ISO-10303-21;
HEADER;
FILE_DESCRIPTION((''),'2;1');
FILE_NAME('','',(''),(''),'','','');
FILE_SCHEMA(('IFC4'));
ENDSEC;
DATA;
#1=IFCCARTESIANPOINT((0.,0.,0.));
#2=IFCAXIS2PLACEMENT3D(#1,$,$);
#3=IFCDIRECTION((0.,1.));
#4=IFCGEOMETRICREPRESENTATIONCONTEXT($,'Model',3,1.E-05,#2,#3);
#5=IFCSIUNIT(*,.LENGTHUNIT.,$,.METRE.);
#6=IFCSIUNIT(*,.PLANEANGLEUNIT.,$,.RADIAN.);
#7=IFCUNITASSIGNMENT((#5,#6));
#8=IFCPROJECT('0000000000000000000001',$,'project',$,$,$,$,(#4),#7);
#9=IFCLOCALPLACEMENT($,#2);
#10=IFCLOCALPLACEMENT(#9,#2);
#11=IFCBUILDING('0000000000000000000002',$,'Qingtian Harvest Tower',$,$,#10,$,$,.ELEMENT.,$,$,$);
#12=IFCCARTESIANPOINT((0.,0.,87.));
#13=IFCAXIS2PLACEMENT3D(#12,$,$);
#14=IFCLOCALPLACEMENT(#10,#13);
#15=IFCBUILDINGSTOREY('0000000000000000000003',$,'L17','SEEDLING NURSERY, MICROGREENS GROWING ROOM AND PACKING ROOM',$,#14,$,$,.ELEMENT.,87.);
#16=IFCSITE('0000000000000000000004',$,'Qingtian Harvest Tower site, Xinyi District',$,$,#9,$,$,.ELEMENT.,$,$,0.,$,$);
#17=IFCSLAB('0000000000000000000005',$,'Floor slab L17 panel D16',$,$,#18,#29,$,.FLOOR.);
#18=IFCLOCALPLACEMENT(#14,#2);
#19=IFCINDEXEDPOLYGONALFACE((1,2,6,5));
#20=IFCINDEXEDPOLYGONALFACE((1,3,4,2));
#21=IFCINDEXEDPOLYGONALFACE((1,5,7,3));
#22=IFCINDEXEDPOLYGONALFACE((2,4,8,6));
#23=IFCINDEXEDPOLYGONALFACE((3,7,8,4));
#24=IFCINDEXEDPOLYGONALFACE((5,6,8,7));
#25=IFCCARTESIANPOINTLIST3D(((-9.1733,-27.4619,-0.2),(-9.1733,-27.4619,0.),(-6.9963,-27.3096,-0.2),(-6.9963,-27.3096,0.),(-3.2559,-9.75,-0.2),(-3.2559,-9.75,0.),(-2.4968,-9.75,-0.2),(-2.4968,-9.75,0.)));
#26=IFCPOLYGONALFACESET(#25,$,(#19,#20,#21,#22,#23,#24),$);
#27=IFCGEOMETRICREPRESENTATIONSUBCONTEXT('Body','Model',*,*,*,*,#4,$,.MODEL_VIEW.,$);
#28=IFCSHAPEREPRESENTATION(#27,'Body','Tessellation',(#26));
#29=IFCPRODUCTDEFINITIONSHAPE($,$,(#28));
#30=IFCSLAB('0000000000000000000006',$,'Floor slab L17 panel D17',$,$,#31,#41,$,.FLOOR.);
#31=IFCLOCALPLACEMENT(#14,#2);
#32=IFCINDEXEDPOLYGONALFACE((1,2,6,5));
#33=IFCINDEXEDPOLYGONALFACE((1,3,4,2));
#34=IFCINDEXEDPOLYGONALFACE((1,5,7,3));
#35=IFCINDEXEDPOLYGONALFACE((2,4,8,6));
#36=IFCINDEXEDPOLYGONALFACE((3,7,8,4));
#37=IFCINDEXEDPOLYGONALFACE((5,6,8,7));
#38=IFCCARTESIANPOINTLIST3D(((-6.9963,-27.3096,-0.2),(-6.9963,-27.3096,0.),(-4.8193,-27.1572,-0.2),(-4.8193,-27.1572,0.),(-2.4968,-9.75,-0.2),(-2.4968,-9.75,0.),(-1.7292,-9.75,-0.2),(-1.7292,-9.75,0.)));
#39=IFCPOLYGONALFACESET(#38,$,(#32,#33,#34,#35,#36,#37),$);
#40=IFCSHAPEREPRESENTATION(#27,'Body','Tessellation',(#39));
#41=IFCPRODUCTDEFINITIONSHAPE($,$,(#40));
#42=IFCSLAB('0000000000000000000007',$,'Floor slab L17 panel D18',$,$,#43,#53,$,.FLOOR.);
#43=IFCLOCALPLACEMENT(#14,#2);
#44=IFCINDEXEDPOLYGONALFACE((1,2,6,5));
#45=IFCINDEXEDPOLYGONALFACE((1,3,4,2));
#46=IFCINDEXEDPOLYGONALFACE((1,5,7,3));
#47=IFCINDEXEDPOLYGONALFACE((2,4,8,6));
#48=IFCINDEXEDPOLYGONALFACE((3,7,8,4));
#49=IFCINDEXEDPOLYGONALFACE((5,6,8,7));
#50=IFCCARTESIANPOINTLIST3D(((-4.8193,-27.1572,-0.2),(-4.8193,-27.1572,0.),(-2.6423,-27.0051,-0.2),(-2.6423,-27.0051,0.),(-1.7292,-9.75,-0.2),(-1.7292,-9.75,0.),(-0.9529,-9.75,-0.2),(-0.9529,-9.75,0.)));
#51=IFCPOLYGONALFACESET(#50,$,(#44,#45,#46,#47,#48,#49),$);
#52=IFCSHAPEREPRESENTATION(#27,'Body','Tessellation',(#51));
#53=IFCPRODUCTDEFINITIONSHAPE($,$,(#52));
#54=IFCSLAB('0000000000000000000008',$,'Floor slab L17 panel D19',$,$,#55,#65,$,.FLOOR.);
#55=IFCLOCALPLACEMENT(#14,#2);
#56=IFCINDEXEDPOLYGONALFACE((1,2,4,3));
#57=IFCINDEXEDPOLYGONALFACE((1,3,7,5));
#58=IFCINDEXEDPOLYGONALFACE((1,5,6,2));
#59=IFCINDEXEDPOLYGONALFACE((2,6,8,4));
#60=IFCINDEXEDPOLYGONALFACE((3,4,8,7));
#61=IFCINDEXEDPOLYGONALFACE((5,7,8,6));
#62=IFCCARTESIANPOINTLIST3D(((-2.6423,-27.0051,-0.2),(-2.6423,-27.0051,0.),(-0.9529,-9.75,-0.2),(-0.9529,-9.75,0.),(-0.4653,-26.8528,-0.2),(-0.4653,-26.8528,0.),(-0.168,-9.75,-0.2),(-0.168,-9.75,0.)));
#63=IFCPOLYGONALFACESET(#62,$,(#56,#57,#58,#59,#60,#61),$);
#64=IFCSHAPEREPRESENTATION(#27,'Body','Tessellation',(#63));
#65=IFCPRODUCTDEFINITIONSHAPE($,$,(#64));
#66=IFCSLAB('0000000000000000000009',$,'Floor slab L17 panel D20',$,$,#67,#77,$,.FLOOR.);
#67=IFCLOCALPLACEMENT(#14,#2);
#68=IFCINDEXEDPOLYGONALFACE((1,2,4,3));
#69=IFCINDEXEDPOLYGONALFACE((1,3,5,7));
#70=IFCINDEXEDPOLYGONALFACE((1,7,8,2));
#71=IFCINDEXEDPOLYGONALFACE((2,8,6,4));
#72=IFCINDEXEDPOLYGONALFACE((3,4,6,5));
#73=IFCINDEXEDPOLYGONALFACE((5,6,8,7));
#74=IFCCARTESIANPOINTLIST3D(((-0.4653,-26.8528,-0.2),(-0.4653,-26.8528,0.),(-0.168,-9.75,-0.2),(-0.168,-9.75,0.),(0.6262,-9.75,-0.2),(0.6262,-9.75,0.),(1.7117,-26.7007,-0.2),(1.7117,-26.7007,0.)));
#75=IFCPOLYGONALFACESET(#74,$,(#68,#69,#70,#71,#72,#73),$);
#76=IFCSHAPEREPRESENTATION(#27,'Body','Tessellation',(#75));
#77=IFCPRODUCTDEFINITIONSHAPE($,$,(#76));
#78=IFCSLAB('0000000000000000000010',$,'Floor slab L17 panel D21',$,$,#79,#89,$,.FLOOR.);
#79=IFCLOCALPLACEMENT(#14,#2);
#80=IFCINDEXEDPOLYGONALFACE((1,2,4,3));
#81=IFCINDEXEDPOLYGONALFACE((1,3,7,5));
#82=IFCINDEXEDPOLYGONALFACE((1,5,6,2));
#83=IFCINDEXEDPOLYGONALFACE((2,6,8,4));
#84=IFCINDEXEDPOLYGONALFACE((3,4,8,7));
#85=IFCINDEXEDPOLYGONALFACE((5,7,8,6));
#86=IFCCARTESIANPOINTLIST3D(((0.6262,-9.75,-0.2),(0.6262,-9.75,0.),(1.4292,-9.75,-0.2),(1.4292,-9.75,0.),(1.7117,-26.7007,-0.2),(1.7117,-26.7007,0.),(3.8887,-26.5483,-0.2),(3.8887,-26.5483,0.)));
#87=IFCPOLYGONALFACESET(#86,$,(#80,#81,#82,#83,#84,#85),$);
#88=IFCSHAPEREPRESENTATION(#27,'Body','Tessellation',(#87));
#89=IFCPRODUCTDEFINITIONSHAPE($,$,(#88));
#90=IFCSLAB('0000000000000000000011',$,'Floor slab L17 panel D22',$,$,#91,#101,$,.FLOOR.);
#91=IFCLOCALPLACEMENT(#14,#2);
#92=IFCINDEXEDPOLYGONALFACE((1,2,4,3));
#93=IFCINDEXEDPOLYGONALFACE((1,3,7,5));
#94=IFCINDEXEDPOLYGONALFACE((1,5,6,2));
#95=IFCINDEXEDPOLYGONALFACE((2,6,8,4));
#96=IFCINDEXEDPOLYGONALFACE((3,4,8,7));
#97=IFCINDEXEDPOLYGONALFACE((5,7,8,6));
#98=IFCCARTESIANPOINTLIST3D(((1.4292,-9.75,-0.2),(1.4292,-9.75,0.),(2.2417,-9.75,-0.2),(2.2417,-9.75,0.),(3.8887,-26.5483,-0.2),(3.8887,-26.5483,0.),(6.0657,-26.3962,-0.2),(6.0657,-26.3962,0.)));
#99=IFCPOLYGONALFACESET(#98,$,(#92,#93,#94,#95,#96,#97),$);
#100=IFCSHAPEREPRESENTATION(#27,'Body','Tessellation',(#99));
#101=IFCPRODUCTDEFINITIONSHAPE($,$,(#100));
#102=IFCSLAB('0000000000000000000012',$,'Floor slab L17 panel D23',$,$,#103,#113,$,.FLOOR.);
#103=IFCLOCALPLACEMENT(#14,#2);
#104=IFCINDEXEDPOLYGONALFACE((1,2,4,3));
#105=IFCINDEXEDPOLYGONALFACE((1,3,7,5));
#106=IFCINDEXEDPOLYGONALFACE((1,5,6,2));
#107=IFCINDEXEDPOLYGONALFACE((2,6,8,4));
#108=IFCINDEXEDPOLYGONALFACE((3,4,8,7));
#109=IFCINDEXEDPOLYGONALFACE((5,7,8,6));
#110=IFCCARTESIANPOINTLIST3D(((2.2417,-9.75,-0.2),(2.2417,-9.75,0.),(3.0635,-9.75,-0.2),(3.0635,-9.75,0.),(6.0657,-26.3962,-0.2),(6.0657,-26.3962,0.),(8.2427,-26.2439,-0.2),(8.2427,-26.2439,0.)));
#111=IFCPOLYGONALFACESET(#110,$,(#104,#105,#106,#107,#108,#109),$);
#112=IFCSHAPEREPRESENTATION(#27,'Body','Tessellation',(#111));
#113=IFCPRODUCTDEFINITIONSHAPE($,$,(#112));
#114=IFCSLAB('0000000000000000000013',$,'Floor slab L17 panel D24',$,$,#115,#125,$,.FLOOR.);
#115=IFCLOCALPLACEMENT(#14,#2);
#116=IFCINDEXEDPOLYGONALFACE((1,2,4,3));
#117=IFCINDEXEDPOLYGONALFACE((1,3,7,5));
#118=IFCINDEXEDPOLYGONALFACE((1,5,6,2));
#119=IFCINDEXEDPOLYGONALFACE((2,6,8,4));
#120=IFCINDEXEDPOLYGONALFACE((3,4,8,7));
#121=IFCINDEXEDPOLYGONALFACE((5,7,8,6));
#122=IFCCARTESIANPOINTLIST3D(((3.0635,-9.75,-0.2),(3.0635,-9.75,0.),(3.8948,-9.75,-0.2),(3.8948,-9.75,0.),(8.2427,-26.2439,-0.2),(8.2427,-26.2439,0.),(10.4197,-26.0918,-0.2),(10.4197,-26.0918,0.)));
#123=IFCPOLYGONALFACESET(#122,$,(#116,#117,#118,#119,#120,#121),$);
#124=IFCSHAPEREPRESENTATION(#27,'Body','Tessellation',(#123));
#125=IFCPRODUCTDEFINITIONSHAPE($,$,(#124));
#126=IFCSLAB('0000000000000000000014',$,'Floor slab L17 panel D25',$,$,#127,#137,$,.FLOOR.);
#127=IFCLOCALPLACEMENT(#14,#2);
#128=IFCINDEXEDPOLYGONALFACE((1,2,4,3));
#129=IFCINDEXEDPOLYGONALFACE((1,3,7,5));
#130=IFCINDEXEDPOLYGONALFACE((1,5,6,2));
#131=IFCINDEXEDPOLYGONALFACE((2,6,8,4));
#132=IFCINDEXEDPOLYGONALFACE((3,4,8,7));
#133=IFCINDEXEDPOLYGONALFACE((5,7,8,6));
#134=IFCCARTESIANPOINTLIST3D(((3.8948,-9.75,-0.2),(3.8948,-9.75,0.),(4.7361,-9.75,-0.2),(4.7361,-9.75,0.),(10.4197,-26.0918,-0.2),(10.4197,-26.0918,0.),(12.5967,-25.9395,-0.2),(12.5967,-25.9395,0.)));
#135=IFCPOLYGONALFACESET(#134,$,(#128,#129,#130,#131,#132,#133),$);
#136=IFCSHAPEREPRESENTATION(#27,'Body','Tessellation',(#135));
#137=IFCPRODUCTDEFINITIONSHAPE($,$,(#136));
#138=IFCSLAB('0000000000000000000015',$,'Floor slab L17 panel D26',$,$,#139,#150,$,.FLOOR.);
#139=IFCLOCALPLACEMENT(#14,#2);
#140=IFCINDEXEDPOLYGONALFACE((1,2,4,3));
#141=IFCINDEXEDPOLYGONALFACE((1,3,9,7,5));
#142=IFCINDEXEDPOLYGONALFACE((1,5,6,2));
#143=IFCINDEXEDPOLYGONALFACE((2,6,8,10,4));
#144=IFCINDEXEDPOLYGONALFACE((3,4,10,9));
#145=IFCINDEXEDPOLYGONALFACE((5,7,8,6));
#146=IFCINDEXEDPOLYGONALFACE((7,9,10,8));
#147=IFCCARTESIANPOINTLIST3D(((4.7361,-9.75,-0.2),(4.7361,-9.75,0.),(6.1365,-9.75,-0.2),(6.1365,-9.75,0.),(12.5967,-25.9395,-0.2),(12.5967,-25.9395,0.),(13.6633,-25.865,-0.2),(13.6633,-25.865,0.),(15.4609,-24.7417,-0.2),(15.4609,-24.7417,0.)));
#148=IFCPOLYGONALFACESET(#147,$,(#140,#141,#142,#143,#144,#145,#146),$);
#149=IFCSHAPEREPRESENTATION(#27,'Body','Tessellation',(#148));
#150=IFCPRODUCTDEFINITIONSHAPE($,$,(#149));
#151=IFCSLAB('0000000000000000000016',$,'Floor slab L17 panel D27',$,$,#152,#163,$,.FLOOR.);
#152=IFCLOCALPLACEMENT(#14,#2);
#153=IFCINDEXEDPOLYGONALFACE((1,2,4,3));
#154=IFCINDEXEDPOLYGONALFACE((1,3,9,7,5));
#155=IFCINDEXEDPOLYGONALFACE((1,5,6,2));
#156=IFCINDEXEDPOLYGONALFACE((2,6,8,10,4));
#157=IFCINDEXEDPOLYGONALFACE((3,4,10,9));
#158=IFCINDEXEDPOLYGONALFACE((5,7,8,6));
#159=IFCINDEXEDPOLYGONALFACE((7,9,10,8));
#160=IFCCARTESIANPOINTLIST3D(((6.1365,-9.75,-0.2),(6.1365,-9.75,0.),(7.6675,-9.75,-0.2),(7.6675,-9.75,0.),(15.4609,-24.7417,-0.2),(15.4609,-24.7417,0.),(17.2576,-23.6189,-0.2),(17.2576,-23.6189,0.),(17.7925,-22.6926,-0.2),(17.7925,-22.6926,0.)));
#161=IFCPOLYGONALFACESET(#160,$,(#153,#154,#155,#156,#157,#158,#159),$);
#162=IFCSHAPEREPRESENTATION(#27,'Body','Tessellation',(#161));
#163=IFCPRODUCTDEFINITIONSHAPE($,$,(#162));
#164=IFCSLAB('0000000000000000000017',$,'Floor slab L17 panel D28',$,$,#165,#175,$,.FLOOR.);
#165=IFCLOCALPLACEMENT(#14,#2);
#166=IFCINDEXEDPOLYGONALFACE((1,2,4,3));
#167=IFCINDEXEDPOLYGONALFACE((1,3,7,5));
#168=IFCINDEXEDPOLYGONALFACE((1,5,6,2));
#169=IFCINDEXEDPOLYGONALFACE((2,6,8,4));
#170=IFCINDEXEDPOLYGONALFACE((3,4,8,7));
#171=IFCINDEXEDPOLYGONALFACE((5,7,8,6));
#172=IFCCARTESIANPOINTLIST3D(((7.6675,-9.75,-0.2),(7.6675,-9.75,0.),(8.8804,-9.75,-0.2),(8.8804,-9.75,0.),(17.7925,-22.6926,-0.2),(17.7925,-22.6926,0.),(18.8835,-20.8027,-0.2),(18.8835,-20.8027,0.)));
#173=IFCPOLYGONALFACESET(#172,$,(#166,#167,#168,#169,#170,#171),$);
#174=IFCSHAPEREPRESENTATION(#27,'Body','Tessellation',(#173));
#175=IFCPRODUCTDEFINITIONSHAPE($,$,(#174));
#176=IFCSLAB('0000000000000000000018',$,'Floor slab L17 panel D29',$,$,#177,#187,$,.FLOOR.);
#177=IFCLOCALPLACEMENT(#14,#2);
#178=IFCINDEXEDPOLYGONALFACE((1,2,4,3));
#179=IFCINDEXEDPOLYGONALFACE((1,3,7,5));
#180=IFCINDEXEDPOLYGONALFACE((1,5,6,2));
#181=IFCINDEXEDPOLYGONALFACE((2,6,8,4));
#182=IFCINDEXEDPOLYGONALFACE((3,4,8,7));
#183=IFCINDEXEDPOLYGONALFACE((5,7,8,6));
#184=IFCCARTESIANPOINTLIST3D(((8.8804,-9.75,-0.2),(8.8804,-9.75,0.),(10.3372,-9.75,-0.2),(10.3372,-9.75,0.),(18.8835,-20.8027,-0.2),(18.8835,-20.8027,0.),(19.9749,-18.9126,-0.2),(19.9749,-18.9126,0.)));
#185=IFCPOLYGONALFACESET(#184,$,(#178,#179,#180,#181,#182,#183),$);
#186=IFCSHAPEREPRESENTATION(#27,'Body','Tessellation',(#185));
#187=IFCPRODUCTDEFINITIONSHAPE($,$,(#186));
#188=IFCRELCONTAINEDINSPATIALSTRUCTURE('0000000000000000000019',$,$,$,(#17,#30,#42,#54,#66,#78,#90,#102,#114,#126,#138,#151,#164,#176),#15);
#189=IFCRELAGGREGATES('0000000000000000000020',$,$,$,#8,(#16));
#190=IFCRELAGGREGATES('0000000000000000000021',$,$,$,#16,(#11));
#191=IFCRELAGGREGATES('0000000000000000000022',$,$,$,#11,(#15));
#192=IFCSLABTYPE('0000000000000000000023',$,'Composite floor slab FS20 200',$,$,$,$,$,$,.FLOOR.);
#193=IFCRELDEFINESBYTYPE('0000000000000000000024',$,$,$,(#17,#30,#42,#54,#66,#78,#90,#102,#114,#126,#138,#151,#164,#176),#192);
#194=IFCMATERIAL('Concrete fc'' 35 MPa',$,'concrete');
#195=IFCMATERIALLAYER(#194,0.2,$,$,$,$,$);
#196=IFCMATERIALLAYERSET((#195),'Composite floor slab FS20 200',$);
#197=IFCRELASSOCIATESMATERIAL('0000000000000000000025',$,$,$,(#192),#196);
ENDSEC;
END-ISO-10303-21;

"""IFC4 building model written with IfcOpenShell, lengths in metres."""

from ifc_helpers import new_model, si_unit, direction, frame, origin, place, context, subcontext, project, spatial, polyline, outline, extrude, material, layer, layer_set, type_object, element, save


model = new_model("IFC4")

# Units and contexts
model_context = context("Model", 3, precision=1e-05, world=origin(), true_north=direction((0.0, 1.0)))
body_context = subcontext(model_context, "Body", "Model", "MODEL_VIEW")
ifc_project = project(units=[si_unit("LENGTHUNIT", "METRE"), si_unit("PLANEANGLEUNIT", "RADIAN")], contexts=[model_context])

# Site, building, storey
site_placement = place(None, origin())
site = spatial("IfcSite", under=ifc_project, at=site_placement, Name="Qingtian Harvest Tower site, Xinyi District", CompositionType="ELEMENT", RefElevation=0.0)
building_placement = place(site_placement, origin())
building = spatial("IfcBuilding", under=site, at=building_placement, Name="Qingtian Harvest Tower", CompositionType="ELEMENT")
storey_placement = place(building_placement, frame((0.0, 0.0, 87.0)))
storey = spatial("IfcBuildingStorey", under=building, at=storey_placement, Name="L17", Description="SEEDLING NURSERY, MICROGREENS GROWING ROOM AND PACKING ROOM", CompositionType="ELEMENT", Elevation=87.0)

# Slabs
ifc_material = material(Name="Concrete fc' 35 MPa", Category="concrete")
ifc_layer = layer(ifc_material, 0.2)
ifc_layer_set = layer_set([ifc_layer], Name="Composite floor slab FS20 200")
slab_type = type_object("IfcSlabType", Name="Composite floor slab FS20 200", PredefinedType="FLOOR", material=ifc_layer_set)
slab_1_placement = place(storey_placement, frame((0.0, 0.0, -0.2)))
element("IfcSlab", 1, at=slab_1_placement, inside=storey, type_object=slab_type, Name="Floor slab L17 panel D16", PredefinedType="FLOOR", context=body_context, shape_type="SweptSolid", body=[
    extrude(outline(polyline([(-2.4968, -9.75), (-6.9963, -27.3096), (-9.1733, -27.4619), (-3.2559, -9.75), (-2.4968, -9.75)])), origin(), (0.0, 0.0, 1.0), 0.2),
])
slab_2_placement = place(storey_placement, frame((0.0, 0.0, -0.2)))
element("IfcSlab", 2, at=slab_2_placement, inside=storey, type_object=slab_type, Name="Floor slab L17 panel D17", PredefinedType="FLOOR", context=body_context, shape_type="SweptSolid", body=[
    extrude(outline(polyline([(-1.7292, -9.75), (-4.8193, -27.1572), (-6.9963, -27.3096), (-2.4968, -9.75), (-1.7292, -9.75)])), origin(), (0.0, 0.0, 1.0), 0.2),
])
slab_3_placement = place(storey_placement, frame((0.0, 0.0, -0.2)))
element("IfcSlab", 3, at=slab_3_placement, inside=storey, type_object=slab_type, Name="Floor slab L17 panel D18", PredefinedType="FLOOR", context=body_context, shape_type="SweptSolid", body=[
    extrude(outline(polyline([(-0.9529, -9.75), (-2.6423, -27.0051), (-4.8193, -27.1572), (-1.7292, -9.75), (-0.9529, -9.75)])), origin(), (0.0, 0.0, 1.0), 0.2),
])
slab_4_placement = place(storey_placement, frame((0.0, 0.0, -0.2)))
element("IfcSlab", 4, at=slab_4_placement, inside=storey, type_object=slab_type, Name="Floor slab L17 panel D19", PredefinedType="FLOOR", context=body_context, shape_type="SweptSolid", body=[
    extrude(outline(polyline([(-0.168, -9.75), (-0.4653, -26.8528), (-2.6423, -27.0051), (-0.9529, -9.75), (-0.168, -9.75)])), origin(), (0.0, 0.0, 1.0), 0.2),
])
slab_5_placement = place(storey_placement, frame((0.0, 0.0, -0.2)))
element("IfcSlab", 5, at=slab_5_placement, inside=storey, type_object=slab_type, Name="Floor slab L17 panel D20", PredefinedType="FLOOR", context=body_context, shape_type="SweptSolid", body=[
    extrude(outline(polyline([(0.6262, -9.75), (1.7117, -26.7007), (-0.4653, -26.8528), (-0.168, -9.75), (0.6262, -9.75)])), origin(), (0.0, 0.0, 1.0), 0.2),
])
slab_6_placement = place(storey_placement, frame((0.0, 0.0, -0.2)))
element("IfcSlab", 6, at=slab_6_placement, inside=storey, type_object=slab_type, Name="Floor slab L17 panel D21", PredefinedType="FLOOR", context=body_context, shape_type="SweptSolid", body=[
    extrude(outline(polyline([(1.4292, -9.75), (3.8887, -26.5483), (1.7117, -26.7007), (0.6262, -9.75), (1.4292, -9.75)])), origin(), (0.0, 0.0, 1.0), 0.2),
])
slab_7_placement = place(storey_placement, frame((0.0, 0.0, -0.2)))
element("IfcSlab", 7, at=slab_7_placement, inside=storey, type_object=slab_type, Name="Floor slab L17 panel D22", PredefinedType="FLOOR", context=body_context, shape_type="SweptSolid", body=[
    extrude(outline(polyline([(2.2417, -9.75), (6.0657, -26.3962), (3.8887, -26.5483), (1.4292, -9.75), (2.2417, -9.75)])), origin(), (0.0, 0.0, 1.0), 0.2),
])
slab_8_placement = place(storey_placement, frame((0.0, 0.0, -0.2)))
element("IfcSlab", 8, at=slab_8_placement, inside=storey, type_object=slab_type, Name="Floor slab L17 panel D23", PredefinedType="FLOOR", context=body_context, shape_type="SweptSolid", body=[
    extrude(outline(polyline([(3.0635, -9.75), (8.2427, -26.2439), (6.0657, -26.3962), (2.2417, -9.75), (3.0635, -9.75)])), origin(), (0.0, 0.0, 1.0), 0.2),
])
slab_9_placement = place(storey_placement, frame((0.0, 0.0, -0.2)))
element("IfcSlab", 9, at=slab_9_placement, inside=storey, type_object=slab_type, Name="Floor slab L17 panel D24", PredefinedType="FLOOR", context=body_context, shape_type="SweptSolid", body=[
    extrude(outline(polyline([(3.8948, -9.75), (10.4197, -26.0918), (8.2427, -26.2439), (3.0635, -9.75), (3.8948, -9.75)])), origin(), (0.0, 0.0, 1.0), 0.2),
])
slab_10_placement = place(storey_placement, frame((0.0, 0.0, -0.2)))
element("IfcSlab", 10, at=slab_10_placement, inside=storey, type_object=slab_type, Name="Floor slab L17 panel D25", PredefinedType="FLOOR", context=body_context, shape_type="SweptSolid", body=[
    extrude(outline(polyline([(4.7361, -9.75), (12.5967, -25.9395), (10.4197, -26.0918), (3.8948, -9.75), (4.7361, -9.75)])), origin(), (0.0, 0.0, 1.0), 0.2),
])
slab_11_placement = place(storey_placement, frame((0.0, 0.0, -0.2)))
element("IfcSlab", 11, at=slab_11_placement, inside=storey, type_object=slab_type, Name="Floor slab L17 panel D26", PredefinedType="FLOOR", context=body_context, shape_type="SweptSolid", body=[
    extrude(outline(polyline([(4.7361, -9.75), (6.1365, -9.75), (15.4609, -24.7417), (13.6633, -25.865), (12.5967, -25.9395), (4.7361, -9.75)])), origin(), (0.0, 0.0, 1.0), 0.2),
])
slab_12_placement = place(storey_placement, frame((0.0, 0.0, -0.2)))
element("IfcSlab", 12, at=slab_12_placement, inside=storey, type_object=slab_type, Name="Floor slab L17 panel D27", PredefinedType="FLOOR", context=body_context, shape_type="SweptSolid", body=[
    extrude(outline(polyline([(6.1365, -9.75), (7.6675, -9.75), (17.7925, -22.6926), (17.2576, -23.6189), (15.4609, -24.7417), (6.1365, -9.75)])), origin(), (0.0, 0.0, 1.0), 0.2),
])
slab_13_placement = place(storey_placement, frame((0.0, 0.0, -0.2)))
element("IfcSlab", 13, at=slab_13_placement, inside=storey, type_object=slab_type, Name="Floor slab L17 panel D28", PredefinedType="FLOOR", context=body_context, shape_type="SweptSolid", body=[
    extrude(outline(polyline([(8.8804, -9.75), (18.8835, -20.8027), (17.7925, -22.6926), (7.6675, -9.75), (8.8804, -9.75)])), origin(), (0.0, 0.0, 1.0), 0.2),
])
slab_14_placement = place(storey_placement, frame((0.0, 0.0, -0.2)))
element("IfcSlab", 14, at=slab_14_placement, inside=storey, type_object=slab_type, Name="Floor slab L17 panel D29", PredefinedType="FLOOR", context=body_context, shape_type="SweptSolid", body=[
    extrude(outline(polyline([(10.3372, -9.75), (19.9749, -18.9126), (18.8835, -20.8027), (8.8804, -9.75), (10.3372, -9.75)])), origin(), (0.0, 0.0, 1.0), 0.2),
])

save(model, "model.ifc")
